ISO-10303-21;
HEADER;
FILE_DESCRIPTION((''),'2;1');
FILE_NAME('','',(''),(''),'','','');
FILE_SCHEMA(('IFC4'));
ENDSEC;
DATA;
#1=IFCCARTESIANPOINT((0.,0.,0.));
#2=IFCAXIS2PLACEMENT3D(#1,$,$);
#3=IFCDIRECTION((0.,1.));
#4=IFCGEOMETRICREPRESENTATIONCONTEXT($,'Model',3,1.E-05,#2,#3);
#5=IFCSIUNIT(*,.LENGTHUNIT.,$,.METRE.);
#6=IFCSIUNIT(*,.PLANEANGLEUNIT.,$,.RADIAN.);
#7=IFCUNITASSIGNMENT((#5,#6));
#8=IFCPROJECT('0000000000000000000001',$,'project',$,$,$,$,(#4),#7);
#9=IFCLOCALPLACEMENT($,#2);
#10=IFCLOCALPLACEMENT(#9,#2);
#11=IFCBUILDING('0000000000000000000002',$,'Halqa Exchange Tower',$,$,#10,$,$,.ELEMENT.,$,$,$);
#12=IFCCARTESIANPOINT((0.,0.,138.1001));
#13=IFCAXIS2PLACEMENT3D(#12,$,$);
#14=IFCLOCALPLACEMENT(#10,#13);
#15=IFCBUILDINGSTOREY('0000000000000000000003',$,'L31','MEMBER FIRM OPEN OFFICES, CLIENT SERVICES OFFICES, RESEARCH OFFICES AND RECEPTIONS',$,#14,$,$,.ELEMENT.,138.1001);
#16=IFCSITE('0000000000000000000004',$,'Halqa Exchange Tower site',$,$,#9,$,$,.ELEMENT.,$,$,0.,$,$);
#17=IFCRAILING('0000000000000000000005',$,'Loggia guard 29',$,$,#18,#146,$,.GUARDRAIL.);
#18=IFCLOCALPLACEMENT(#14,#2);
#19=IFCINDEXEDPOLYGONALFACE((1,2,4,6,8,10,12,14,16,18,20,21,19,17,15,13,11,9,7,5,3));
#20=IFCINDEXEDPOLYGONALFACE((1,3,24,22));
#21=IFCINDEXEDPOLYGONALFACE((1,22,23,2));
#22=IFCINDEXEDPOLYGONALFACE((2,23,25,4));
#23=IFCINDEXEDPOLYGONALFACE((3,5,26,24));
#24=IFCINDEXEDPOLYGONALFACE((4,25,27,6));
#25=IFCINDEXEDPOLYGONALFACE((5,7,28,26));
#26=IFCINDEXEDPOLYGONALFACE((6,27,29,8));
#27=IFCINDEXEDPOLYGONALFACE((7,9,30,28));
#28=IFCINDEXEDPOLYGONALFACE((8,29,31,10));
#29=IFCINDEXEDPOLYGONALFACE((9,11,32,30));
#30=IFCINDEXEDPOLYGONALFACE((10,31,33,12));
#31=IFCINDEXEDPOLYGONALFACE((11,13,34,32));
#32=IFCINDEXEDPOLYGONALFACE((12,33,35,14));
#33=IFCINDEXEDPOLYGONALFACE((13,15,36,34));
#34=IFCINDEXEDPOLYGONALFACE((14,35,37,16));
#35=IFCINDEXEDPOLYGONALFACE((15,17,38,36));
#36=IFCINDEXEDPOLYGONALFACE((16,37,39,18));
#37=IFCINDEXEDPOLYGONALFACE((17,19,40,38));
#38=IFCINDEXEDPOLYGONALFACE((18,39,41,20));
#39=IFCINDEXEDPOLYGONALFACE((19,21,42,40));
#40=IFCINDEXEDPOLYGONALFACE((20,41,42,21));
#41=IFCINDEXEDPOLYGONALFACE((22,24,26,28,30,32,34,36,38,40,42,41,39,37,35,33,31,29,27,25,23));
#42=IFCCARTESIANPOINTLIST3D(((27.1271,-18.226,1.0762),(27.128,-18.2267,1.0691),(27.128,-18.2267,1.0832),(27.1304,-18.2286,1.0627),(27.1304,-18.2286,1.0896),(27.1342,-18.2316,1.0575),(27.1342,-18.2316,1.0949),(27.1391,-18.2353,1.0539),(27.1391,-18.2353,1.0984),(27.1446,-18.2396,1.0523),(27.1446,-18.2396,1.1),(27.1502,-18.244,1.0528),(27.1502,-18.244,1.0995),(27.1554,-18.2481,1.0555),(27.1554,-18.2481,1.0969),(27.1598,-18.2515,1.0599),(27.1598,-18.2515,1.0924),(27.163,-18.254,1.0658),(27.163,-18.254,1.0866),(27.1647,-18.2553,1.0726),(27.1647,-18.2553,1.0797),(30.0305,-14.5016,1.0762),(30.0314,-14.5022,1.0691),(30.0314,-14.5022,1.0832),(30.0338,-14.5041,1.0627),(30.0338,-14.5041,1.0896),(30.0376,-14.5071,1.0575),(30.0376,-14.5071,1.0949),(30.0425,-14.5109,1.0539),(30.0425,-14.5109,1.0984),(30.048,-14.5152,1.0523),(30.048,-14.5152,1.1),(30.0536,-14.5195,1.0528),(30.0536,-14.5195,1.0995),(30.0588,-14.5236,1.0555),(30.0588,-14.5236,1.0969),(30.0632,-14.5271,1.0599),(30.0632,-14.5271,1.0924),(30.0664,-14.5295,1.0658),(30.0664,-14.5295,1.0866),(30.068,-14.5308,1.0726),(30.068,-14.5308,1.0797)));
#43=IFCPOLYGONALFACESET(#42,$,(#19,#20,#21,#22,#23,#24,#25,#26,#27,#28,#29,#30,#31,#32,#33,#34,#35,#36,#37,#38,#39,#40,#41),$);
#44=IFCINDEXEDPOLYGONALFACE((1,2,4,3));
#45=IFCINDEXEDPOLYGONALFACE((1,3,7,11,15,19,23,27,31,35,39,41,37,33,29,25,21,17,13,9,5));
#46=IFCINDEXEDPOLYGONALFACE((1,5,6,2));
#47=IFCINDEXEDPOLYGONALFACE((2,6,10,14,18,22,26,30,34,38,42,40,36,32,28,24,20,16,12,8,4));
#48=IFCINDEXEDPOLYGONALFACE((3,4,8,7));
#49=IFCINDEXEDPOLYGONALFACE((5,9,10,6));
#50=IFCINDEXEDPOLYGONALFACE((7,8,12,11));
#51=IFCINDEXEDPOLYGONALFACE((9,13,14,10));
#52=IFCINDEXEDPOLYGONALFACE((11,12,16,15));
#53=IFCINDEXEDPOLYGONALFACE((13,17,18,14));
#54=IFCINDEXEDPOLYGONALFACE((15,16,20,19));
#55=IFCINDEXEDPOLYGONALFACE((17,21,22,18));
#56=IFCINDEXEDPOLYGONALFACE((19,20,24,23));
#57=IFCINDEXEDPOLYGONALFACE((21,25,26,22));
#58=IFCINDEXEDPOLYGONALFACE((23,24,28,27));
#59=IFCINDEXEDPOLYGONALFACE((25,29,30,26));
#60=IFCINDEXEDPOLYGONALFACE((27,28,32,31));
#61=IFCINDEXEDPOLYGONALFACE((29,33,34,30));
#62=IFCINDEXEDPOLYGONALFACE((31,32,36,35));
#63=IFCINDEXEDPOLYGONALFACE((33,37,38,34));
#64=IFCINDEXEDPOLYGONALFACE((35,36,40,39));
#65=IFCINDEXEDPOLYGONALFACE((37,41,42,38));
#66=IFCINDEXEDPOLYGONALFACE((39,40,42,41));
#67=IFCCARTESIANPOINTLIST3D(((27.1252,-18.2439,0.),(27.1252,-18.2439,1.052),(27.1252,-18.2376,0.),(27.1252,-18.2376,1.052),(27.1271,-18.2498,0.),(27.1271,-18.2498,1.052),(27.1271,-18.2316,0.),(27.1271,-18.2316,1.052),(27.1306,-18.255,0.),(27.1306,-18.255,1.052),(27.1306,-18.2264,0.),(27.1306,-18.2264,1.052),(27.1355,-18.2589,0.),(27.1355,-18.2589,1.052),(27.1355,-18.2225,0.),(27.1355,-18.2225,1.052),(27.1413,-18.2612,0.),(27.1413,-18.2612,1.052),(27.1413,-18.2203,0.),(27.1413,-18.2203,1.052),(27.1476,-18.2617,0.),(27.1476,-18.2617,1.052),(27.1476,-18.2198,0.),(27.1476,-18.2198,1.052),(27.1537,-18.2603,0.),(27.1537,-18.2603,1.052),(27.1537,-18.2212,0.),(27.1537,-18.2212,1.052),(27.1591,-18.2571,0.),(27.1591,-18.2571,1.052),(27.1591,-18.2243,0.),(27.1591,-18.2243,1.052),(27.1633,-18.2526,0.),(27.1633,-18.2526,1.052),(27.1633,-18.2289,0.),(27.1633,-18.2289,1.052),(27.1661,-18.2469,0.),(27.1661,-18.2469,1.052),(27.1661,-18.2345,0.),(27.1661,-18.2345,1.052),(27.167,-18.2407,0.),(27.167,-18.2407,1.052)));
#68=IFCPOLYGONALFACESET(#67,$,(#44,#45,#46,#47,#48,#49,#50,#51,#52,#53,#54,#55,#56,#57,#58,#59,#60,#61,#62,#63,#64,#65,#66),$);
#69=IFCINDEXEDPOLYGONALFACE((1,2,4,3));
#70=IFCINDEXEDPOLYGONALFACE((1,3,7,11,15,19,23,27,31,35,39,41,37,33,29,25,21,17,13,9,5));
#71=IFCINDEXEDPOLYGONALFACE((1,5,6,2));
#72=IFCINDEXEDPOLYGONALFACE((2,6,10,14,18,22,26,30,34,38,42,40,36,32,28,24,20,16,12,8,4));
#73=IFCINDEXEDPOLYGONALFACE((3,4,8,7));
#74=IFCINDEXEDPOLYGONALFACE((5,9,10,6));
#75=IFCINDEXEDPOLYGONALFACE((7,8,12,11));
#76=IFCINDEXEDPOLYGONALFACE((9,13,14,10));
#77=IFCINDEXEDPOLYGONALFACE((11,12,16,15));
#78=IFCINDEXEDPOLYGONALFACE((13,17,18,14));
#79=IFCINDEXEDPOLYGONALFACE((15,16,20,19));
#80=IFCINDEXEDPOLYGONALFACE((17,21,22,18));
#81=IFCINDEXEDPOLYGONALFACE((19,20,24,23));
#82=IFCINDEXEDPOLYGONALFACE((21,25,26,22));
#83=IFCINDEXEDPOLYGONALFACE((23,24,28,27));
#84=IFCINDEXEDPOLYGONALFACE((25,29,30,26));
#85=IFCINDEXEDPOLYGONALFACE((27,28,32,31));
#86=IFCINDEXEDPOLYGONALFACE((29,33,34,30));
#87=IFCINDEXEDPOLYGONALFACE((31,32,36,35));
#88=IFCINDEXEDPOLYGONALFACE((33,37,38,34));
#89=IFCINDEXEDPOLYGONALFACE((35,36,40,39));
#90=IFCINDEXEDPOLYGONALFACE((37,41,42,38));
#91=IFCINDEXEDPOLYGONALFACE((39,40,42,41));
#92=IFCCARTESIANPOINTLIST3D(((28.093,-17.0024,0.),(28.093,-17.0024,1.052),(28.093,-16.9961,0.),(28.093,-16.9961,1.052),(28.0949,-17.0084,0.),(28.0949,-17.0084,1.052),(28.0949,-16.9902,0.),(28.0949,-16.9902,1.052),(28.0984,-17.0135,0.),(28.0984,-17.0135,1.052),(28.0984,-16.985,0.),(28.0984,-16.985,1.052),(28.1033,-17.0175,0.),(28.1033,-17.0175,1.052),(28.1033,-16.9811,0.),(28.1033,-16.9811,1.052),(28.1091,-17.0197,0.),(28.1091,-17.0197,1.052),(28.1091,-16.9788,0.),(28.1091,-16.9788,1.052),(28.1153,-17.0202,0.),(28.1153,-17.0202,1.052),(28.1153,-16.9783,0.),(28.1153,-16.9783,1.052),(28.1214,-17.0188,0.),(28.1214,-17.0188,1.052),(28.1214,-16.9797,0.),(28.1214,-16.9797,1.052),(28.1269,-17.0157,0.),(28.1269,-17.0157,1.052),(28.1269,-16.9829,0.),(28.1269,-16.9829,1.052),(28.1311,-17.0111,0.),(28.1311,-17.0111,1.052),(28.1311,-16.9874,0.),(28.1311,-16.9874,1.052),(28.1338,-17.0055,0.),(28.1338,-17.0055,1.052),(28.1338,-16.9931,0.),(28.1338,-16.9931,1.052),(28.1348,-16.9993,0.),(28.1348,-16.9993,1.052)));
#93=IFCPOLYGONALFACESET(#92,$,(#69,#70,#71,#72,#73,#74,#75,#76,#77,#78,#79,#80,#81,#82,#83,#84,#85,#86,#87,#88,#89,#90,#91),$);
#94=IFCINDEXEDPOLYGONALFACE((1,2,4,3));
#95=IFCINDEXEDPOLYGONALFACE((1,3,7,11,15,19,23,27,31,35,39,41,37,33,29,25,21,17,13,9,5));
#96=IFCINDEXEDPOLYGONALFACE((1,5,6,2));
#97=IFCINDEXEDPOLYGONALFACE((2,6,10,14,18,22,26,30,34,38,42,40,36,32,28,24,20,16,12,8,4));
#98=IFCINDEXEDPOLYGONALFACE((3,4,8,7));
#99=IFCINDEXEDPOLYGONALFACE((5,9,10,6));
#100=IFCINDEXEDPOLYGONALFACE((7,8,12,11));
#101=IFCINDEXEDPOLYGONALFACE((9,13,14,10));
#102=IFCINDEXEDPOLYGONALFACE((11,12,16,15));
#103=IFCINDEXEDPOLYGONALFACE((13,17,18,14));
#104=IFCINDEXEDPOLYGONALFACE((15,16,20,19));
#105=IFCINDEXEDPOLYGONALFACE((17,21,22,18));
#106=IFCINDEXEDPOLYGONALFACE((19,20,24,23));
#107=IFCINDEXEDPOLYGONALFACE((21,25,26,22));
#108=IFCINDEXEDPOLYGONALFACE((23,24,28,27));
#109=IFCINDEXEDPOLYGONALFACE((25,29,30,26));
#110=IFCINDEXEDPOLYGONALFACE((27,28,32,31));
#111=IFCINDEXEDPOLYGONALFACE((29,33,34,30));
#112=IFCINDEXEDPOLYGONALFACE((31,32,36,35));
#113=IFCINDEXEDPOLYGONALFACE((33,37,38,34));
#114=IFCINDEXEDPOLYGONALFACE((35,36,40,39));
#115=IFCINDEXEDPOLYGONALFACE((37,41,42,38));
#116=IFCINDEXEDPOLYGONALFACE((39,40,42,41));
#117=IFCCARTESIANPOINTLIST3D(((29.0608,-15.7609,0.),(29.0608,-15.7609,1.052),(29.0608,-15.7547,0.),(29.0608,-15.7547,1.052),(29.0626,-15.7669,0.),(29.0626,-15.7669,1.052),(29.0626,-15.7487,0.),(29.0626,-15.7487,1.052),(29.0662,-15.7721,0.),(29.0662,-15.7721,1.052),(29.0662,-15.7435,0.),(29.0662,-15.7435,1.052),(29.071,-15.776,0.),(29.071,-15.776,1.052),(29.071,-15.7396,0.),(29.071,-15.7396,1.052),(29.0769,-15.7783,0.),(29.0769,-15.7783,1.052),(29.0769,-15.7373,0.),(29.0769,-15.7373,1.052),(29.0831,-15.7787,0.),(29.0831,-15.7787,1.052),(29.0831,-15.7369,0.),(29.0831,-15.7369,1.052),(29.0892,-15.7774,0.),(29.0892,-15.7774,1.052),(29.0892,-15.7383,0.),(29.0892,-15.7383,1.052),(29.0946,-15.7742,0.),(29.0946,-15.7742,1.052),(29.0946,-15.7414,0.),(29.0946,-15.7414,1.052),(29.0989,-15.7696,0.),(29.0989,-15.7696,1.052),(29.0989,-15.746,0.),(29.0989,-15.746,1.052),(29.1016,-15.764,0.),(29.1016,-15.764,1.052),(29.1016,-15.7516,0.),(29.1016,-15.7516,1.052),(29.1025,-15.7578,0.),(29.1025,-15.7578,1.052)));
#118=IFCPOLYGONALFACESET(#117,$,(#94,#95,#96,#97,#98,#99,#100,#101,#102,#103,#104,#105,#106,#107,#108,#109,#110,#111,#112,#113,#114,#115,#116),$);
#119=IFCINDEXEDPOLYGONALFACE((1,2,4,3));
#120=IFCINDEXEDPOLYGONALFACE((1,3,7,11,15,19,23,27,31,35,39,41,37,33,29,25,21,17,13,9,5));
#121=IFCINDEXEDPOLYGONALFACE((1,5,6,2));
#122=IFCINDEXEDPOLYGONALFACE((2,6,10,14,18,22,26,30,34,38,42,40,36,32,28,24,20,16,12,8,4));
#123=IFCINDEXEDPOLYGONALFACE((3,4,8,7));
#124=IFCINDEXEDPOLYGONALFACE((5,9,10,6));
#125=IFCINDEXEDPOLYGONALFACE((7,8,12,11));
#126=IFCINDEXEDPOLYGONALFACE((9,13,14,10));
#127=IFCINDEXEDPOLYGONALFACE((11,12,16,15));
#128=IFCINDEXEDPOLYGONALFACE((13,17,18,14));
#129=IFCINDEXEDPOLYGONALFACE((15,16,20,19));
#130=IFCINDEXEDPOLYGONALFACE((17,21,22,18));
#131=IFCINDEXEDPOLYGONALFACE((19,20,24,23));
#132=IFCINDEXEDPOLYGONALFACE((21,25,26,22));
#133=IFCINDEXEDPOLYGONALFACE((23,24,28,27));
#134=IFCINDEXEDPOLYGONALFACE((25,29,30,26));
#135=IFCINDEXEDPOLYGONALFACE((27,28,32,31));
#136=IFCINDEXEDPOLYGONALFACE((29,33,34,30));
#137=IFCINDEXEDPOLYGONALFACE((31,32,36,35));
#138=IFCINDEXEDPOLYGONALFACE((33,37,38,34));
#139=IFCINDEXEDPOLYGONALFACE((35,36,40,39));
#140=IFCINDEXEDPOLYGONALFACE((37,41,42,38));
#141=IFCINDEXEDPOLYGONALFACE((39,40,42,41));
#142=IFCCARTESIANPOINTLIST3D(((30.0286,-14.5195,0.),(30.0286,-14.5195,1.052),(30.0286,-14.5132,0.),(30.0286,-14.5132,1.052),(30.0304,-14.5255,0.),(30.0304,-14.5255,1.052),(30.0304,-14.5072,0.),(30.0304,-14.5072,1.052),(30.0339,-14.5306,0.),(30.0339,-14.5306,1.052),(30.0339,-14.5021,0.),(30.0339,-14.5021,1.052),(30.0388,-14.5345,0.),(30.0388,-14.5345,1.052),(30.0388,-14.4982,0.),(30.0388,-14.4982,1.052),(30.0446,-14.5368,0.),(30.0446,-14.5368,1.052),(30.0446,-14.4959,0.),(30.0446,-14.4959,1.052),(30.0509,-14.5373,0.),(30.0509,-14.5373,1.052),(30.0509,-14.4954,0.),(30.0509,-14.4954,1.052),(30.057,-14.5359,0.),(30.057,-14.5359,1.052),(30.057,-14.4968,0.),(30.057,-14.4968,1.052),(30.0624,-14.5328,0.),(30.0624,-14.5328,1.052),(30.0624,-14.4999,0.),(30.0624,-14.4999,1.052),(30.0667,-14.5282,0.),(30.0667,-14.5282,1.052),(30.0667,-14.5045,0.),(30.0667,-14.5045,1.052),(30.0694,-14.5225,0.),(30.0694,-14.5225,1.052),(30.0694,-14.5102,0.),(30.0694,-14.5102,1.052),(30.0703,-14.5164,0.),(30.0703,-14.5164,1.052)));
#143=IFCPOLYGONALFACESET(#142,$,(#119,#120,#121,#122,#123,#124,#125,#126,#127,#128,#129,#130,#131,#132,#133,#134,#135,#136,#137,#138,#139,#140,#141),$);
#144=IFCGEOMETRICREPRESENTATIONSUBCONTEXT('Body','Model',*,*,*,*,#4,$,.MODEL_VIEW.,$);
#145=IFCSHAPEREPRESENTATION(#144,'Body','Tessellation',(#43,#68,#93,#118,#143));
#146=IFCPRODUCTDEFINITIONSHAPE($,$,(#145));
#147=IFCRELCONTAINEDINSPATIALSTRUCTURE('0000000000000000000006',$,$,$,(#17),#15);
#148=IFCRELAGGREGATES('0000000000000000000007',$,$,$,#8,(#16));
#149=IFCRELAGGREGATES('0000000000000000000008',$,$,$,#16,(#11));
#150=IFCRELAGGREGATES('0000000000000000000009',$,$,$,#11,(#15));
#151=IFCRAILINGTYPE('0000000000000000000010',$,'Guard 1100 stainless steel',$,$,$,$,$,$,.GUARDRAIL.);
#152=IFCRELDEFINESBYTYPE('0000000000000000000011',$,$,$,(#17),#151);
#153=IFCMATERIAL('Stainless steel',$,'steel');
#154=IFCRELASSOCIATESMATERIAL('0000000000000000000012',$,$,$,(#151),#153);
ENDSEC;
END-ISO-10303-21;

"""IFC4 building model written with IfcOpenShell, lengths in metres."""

from ifc_helpers import new_model, si_unit, direction, frame, origin, origin_2d, place, context, subcontext, project, spatial, circle, extrude, material, type_object, element, save


model = new_model("IFC4")

# Units and contexts
model_context = context("Model", 3, precision=1e-05, world=origin(), true_north=direction((0.0, 1.0)))
body_context = subcontext(model_context, "Body", "Model", "MODEL_VIEW")
ifc_project = project(units=[si_unit("LENGTHUNIT", "METRE"), si_unit("PLANEANGLEUNIT", "RADIAN")], contexts=[model_context])

# Site, building, storey
site_placement = place(None, origin())
site = spatial("IfcSite", under=ifc_project, at=site_placement, Name="Halqa Exchange Tower site", CompositionType="ELEMENT", RefElevation=0.0)
building_placement = place(site_placement, origin())
building = spatial("IfcBuilding", under=site, at=building_placement, Name="Halqa Exchange Tower", CompositionType="ELEMENT")
storey_placement = place(building_placement, frame((0.0, 0.0, 138.1001)))
storey = spatial("IfcBuildingStorey", under=building, at=storey_placement, Name="L31", Description="MEMBER FIRM OPEN OFFICES, CLIENT SERVICES OFFICES, RESEARCH OFFICES AND RECEPTIONS", CompositionType="ELEMENT", Elevation=138.1001)

# Railing
ifc_material_1 = material(Name="Stainless steel", Category="steel")
railing_type = type_object("IfcRailingType", Name="Guard 1100 stainless steel", PredefinedType="GUARDRAIL", material=ifc_material_1)
railing_1_placement = place(storey_placement, frame((27.146, -18.2407, 0.0)))
element("IfcRailing", 1, at=railing_1_placement, inside=storey, type_object=railing_type, Name="Loggia guard 29", PredefinedType="GUARDRAIL", context=body_context, shape_type="SweptSolid", body=[
    extrude(circle(Radius=0.0239, at=origin_2d()), frame((0.0, 0.0, 1.0762), z_axis=(0.61481, 0.788675, 0.0), x_axis=(-0.788675, 0.61481, 0.0)), (0.0, 0.0, 1.0), 4.7224),
    extrude(circle(Radius=0.021, at=origin_2d()), origin(), (0.0, 0.0, 1.0), 1.052),
    extrude(circle(Radius=0.021, at=origin_2d()), frame((0.9678, 1.2415, 0.0)), (0.0, 0.0, 1.0), 1.052),
    extrude(circle(Radius=0.021, at=origin_2d()), frame((1.9355, 2.4829, 0.0)), (0.0, 0.0, 1.0), 1.052),
    extrude(circle(Radius=0.021, at=origin_2d()), frame((2.9033, 3.7244, 0.0)), (0.0, 0.0, 1.0), 1.052),
])

save(model, "model.ifc")
